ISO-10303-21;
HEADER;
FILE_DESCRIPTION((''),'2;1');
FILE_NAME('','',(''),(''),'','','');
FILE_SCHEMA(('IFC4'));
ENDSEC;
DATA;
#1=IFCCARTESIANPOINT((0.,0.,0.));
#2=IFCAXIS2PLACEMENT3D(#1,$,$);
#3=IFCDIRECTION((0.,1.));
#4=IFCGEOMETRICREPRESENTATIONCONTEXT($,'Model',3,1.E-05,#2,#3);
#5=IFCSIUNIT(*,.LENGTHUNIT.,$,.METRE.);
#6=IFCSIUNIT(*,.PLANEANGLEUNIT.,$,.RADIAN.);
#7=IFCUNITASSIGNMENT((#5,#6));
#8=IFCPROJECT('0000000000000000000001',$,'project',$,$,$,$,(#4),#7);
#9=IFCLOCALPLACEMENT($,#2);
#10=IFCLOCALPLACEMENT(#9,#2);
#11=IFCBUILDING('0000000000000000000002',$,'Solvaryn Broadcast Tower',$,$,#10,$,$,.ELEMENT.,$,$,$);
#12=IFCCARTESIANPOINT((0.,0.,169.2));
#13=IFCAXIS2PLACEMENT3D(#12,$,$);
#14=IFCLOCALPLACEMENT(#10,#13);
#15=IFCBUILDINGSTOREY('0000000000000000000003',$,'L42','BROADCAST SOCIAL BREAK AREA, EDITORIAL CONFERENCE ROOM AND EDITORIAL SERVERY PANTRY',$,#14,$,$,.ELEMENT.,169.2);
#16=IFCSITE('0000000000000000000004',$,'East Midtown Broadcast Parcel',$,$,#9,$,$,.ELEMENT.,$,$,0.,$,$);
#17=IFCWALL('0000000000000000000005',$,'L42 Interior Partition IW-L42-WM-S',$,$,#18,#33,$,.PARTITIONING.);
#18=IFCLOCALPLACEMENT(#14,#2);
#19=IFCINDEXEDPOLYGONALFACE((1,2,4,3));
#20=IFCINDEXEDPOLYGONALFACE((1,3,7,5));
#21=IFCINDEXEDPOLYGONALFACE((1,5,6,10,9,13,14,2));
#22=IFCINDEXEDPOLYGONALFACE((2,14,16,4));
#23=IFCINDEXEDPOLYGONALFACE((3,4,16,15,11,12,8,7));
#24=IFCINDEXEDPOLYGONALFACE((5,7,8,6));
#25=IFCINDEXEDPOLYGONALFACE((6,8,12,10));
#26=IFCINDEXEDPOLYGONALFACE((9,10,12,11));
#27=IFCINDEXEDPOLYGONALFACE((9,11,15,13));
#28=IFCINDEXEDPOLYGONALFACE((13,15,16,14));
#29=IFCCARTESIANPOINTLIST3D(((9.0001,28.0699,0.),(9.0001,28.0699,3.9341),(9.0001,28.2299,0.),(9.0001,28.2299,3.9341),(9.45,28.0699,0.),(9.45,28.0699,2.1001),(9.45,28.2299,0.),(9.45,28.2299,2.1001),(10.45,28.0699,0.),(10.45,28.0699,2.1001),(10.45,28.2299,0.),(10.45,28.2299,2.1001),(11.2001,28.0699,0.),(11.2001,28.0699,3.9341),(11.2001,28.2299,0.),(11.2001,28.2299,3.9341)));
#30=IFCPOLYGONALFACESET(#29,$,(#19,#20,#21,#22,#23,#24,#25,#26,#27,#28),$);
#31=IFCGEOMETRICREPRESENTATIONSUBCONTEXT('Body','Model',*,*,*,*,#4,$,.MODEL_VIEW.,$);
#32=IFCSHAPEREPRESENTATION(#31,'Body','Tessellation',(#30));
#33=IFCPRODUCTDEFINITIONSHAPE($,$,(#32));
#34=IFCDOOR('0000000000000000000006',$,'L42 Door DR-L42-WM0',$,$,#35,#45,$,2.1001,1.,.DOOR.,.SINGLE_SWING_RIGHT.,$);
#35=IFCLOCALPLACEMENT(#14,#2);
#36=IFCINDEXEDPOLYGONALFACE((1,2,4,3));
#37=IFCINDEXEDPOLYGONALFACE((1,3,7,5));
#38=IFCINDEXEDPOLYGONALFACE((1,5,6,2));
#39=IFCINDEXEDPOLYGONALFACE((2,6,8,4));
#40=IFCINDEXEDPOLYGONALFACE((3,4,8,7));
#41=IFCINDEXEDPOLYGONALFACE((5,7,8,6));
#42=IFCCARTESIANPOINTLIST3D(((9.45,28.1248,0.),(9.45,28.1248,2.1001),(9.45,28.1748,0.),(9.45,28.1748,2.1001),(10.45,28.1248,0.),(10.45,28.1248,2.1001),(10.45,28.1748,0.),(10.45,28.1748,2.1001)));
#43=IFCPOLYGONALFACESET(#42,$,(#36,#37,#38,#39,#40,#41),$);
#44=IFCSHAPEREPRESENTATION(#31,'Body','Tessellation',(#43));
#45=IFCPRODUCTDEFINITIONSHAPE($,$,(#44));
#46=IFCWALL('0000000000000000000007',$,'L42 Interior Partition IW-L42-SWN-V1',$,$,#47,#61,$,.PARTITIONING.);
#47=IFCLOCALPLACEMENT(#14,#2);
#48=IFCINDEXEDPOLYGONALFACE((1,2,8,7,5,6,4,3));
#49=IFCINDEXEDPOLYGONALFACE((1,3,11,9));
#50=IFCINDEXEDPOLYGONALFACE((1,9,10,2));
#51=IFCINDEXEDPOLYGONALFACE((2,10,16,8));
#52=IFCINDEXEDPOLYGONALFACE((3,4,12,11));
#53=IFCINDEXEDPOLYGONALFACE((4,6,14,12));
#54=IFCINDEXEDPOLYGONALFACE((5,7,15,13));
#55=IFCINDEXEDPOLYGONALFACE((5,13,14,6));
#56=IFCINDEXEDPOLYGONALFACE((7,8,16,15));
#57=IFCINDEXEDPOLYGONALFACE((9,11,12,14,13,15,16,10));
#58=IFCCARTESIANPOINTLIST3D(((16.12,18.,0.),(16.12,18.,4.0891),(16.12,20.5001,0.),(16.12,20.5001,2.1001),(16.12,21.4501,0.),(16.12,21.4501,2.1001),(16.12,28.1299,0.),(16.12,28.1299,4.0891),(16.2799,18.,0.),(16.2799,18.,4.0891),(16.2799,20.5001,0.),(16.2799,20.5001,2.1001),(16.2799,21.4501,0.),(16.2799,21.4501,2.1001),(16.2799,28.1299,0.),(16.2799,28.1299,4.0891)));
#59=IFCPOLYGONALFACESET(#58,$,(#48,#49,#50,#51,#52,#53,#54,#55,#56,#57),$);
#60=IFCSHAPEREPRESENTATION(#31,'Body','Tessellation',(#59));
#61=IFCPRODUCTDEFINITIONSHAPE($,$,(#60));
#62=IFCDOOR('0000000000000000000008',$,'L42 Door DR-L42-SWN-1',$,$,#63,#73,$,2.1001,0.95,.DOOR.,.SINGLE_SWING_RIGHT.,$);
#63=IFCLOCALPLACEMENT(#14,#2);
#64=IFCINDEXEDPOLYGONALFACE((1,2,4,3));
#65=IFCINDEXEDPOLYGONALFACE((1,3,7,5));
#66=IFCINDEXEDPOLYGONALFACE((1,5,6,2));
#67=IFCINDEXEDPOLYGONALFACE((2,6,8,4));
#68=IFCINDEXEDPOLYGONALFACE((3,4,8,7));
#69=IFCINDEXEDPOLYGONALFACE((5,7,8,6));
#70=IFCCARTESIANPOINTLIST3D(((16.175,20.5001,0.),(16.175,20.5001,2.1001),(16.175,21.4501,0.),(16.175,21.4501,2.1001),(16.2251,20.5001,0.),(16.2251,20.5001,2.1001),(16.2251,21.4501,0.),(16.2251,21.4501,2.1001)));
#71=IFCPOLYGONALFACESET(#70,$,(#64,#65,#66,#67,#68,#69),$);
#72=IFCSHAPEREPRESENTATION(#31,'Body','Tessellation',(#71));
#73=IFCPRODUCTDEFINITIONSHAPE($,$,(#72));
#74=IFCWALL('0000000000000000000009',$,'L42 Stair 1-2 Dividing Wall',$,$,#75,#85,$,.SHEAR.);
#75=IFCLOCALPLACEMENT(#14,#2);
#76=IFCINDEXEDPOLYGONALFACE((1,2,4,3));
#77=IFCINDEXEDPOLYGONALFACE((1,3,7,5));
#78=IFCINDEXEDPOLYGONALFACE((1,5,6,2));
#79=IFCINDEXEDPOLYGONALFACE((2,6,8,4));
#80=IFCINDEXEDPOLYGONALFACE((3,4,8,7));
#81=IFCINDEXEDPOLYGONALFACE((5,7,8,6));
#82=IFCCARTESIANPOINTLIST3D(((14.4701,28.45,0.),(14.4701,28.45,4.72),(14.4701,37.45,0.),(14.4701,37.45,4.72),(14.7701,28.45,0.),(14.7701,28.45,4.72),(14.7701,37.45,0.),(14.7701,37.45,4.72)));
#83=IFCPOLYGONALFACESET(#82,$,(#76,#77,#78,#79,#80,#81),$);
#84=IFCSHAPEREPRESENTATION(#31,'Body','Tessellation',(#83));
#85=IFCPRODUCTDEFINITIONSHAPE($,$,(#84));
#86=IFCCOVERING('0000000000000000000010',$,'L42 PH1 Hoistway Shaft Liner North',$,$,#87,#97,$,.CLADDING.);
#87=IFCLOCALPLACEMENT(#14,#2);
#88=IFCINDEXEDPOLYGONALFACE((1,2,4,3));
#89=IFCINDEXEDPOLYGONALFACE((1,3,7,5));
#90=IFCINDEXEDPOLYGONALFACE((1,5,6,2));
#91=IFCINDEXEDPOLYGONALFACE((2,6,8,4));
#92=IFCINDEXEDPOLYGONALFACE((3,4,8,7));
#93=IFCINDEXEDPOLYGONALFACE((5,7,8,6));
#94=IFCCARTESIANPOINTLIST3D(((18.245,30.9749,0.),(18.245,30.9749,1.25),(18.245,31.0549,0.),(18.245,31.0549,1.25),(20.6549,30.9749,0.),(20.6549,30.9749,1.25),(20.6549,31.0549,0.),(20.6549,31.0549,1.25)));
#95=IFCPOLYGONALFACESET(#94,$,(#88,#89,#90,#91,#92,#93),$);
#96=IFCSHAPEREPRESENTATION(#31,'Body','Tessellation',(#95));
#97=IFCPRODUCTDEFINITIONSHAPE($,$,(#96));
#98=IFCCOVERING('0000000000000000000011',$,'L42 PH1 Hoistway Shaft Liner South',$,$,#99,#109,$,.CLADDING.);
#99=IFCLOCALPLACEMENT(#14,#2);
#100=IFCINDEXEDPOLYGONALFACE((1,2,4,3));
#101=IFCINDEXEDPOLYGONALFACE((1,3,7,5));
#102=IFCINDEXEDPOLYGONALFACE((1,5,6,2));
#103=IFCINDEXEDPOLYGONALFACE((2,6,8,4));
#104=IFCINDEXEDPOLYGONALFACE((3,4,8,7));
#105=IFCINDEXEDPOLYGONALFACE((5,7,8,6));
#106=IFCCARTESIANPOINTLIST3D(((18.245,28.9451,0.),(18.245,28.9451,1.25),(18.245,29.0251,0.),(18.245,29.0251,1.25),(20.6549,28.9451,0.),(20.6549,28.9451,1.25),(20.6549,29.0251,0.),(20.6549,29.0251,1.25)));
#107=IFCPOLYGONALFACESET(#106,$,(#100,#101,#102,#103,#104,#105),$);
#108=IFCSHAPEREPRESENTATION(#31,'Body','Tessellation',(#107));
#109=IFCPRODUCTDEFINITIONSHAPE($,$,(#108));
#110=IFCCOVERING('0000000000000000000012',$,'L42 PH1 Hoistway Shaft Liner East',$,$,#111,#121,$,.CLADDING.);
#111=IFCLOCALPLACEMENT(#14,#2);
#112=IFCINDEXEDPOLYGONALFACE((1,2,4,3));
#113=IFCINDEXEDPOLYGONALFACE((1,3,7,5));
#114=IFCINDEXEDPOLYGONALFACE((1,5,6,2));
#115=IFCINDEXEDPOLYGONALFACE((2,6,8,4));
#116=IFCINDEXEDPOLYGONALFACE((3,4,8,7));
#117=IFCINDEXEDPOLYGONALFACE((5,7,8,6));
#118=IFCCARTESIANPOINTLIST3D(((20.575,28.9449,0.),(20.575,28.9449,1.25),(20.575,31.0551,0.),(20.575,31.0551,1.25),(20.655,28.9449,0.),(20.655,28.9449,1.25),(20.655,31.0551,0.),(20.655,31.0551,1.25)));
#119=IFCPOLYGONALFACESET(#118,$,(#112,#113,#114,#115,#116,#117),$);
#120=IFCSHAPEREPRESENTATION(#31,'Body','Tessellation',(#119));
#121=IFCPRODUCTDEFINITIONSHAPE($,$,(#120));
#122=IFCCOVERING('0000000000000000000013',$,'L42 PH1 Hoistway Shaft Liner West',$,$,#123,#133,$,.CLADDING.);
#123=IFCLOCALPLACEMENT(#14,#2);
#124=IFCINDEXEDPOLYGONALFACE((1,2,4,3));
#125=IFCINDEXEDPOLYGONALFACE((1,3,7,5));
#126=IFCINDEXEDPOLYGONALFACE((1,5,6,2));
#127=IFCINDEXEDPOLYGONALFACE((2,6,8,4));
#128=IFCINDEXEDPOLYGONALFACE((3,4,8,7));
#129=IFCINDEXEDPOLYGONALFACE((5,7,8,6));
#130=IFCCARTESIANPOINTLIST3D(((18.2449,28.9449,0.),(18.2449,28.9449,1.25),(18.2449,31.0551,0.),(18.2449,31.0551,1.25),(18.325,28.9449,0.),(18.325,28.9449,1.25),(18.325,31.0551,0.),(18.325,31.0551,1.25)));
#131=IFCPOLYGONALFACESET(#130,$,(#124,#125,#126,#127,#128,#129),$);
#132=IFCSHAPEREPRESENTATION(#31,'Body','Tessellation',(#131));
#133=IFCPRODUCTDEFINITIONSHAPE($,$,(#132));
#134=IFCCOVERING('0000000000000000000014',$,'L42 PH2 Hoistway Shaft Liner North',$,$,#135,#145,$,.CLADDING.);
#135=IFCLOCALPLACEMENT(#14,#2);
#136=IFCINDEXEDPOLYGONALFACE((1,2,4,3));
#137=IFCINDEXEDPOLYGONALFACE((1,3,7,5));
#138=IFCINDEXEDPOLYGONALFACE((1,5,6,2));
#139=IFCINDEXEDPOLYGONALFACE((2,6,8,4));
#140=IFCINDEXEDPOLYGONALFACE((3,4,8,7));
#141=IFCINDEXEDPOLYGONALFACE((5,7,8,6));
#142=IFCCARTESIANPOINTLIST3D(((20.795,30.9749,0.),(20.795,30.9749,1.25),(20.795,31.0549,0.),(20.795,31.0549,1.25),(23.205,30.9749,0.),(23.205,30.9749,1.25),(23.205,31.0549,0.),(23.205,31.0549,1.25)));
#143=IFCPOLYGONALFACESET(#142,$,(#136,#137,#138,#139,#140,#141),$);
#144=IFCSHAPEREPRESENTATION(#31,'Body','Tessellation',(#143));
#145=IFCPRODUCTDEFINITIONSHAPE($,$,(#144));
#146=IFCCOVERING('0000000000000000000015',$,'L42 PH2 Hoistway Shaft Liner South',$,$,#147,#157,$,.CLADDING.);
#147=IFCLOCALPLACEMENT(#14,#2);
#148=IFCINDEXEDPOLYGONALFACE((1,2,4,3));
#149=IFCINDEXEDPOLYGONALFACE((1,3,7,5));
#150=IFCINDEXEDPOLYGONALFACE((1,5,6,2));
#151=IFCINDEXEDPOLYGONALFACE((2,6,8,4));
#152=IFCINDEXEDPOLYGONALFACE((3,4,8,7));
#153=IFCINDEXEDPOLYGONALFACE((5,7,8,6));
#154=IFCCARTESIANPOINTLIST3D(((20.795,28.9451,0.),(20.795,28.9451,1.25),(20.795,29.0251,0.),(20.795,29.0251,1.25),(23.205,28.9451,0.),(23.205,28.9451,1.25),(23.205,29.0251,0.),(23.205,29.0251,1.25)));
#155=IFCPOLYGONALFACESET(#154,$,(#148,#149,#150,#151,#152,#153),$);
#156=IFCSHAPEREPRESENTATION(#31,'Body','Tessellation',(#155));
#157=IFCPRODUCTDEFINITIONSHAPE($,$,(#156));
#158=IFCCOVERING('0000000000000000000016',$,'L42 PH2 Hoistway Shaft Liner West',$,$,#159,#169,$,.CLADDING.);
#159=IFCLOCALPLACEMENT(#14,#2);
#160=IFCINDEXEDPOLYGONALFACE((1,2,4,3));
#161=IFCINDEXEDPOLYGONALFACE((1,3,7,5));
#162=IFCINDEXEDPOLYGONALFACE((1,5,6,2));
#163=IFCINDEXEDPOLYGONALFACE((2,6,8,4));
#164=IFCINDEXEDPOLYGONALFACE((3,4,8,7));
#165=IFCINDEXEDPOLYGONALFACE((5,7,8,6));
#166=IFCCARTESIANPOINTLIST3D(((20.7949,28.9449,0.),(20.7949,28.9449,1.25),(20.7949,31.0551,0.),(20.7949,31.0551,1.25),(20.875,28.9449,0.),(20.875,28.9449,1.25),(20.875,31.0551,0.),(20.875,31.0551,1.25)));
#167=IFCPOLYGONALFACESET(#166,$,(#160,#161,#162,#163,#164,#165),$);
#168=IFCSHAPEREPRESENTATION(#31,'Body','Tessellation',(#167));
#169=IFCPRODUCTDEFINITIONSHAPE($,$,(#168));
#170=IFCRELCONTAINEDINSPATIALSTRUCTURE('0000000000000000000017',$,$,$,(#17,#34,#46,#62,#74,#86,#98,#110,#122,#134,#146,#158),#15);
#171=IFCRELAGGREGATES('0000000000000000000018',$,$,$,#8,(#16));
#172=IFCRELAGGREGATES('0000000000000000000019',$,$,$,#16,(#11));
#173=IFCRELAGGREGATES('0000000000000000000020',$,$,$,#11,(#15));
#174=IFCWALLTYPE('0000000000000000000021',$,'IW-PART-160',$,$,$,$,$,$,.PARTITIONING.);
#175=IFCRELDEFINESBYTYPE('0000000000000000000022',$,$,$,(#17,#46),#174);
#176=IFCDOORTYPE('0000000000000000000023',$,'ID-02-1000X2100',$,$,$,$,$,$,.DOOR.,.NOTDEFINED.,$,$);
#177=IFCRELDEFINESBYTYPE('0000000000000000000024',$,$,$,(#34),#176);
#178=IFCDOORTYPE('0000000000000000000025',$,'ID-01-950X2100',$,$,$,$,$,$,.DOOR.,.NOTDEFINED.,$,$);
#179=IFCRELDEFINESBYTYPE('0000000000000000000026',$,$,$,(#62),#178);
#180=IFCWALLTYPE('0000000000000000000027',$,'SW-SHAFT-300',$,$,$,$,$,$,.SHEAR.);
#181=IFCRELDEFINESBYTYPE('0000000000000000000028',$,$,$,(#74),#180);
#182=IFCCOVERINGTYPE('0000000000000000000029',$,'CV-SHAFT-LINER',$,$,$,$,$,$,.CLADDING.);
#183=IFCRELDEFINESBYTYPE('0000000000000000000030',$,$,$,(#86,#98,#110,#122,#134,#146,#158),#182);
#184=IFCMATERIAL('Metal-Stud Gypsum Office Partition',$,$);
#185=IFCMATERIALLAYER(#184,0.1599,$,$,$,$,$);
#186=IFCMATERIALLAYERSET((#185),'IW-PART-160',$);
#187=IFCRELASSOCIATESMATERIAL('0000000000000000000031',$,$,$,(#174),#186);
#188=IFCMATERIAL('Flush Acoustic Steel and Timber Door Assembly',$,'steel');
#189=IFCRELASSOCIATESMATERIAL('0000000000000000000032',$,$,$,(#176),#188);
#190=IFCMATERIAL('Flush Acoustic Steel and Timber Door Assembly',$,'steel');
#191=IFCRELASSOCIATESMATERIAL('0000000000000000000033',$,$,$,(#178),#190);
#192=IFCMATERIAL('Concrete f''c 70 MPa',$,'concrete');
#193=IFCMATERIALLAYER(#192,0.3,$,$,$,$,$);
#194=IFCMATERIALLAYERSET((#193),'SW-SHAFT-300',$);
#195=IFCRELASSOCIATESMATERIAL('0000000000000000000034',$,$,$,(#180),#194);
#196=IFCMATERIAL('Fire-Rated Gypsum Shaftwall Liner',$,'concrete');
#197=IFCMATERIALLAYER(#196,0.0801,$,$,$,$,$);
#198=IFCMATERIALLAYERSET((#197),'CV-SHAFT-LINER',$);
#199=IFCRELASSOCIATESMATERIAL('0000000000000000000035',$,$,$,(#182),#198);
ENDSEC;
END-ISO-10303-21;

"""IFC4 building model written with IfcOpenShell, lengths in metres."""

from ifc_helpers import new_model, si_unit, direction, frame, frame_2d, origin, origin_2d, place, context, subcontext, project, spatial, rectangle, extrude, material, layer, layer_set, type_object, element, fill, save


model = new_model("IFC4")

# Units and contexts
model_context = context("Model", 3, precision=1e-05, world=origin(), true_north=direction((0.0, 1.0)))
body_context = subcontext(model_context, "Body", "Model", "MODEL_VIEW")
ifc_project = project(units=[si_unit("LENGTHUNIT", "METRE"), si_unit("PLANEANGLEUNIT", "RADIAN")], contexts=[model_context])

# Site, building, storey
site_placement = place(None, origin())
site = spatial("IfcSite", under=ifc_project, at=site_placement, Name="East Midtown Broadcast Parcel", CompositionType="ELEMENT", RefElevation=0.0)
building_placement = place(site_placement, origin())
building = spatial("IfcBuilding", under=site, at=building_placement, Name="Solvaryn Broadcast Tower", CompositionType="ELEMENT")
storey_placement = place(building_placement, frame((0.0, 0.0, 169.2)))
storey = spatial("IfcBuildingStorey", under=building, at=storey_placement, Name="L42", Description="BROADCAST SOCIAL BREAK AREA, EDITORIAL CONFERENCE ROOM AND EDITORIAL SERVERY PANTRY", CompositionType="ELEMENT", Elevation=169.2)

# Walls, openings, doors
ifc_material_1 = material(Name="Metal-Stud Gypsum Office Partition")
ifc_layer_1 = layer(ifc_material_1, 0.1599)
ifc_layer_set_1 = layer_set([ifc_layer_1], Name="IW-PART-160")
wall_type_1 = type_object("IfcWallType", Name="IW-PART-160", PredefinedType="PARTITIONING", material=ifc_layer_set_1)
wall_1_placement = place(storey_placement, frame((9.0, 28.1499, 0.0), z_axis=(0.0, 0.0, 1.0), x_axis=(1.0, 0.0, 0.0)))
wall_1 = element("IfcWall", 1, at=wall_1_placement, inside=storey, type_object=wall_type_1, Name="L42 Interior Partition IW-L42-WM-S", PredefinedType="PARTITIONING", context=body_context, shape_type="SweptSolid", body=[
    extrude(rectangle(XDim=2.2, YDim=0.1599, at=frame_2d((1.1001, 0.0))), origin(), (0.0, 0.0, 1.0), 3.9341),
])
opening_1_placement = place(wall_1_placement, frame((0.45, 0.0, 0.0)))
opening_1 = element("IfcOpeningElement", 2, at=opening_1_placement, cuts=wall_1, PredefinedType="OPENING", context=body_context, shape_type="SweptSolid", body=[
    extrude(rectangle(XDim=1.0, YDim=2.1001, at=frame_2d((0.5, 1.05))), frame((0.0, 0.0901, 0.0), z_axis=(0.0, -1.0, 0.0), x_axis=(1.0, 0.0, 0.0)), (0.0, 0.0, 1.0), 0.1799),
])
ifc_material_2 = material(Name="Flush Acoustic Steel and Timber Door Assembly", Category="steel")
door_type_1 = type_object("IfcDoorType", Name="ID-02-1000X2100", OperationType="NOTDEFINED", PredefinedType="DOOR", material=ifc_material_2)
door_1_placement = place(opening_1_placement, origin())
door_1 = element("IfcDoor", 3, at=door_1_placement, inside=storey, type_object=door_type_1, Name="L42 Door DR-L42-WM0", OperationType="SINGLE_SWING_RIGHT", OverallHeight=2.1001, OverallWidth=1.0, PredefinedType="DOOR", context=body_context, shape_type="SweptSolid", body=[
    extrude(rectangle(XDim=1.0, YDim=2.1001, at=frame_2d((0.5, 1.05))), frame((0.0, 0.0249, 0.0), z_axis=(0.0, -1.0, 0.0), x_axis=(1.0, 0.0, 0.0)), (0.0, 0.0, 1.0), 0.05),
])
fill(opening_1, door_1)
wall_2_placement = place(storey_placement, frame((16.2, 18.0, 0.0), z_axis=(0.0, 0.0, 1.0), x_axis=(0.0, 1.0, 0.0)))
wall_2 = element("IfcWall", 4, at=wall_2_placement, inside=storey, type_object=wall_type_1, Name="L42 Interior Partition IW-L42-SWN-V1", PredefinedType="PARTITIONING", context=body_context, shape_type="SweptSolid", body=[
    extrude(rectangle(XDim=10.1299, YDim=0.1599, at=frame_2d((5.0649, 0.0))), origin(), (0.0, 0.0, 1.0), 4.0891),
])
opening_2_placement = place(wall_2_placement, frame((2.5, 0.0, 0.0)))
opening_2 = element("IfcOpeningElement", 5, at=opening_2_placement, cuts=wall_2, PredefinedType="OPENING", context=body_context, shape_type="SweptSolid", body=[
    extrude(rectangle(XDim=0.95, YDim=2.1001, at=frame_2d((0.4751, 1.05))), frame((0.0, 0.0901, 0.0), z_axis=(0.0, -1.0, 0.0), x_axis=(1.0, 0.0, 0.0)), (0.0, 0.0, 1.0), 0.1799),
])
ifc_material_3 = material(Name="Flush Acoustic Steel and Timber Door Assembly", Category="steel")
door_type_2 = type_object("IfcDoorType", Name="ID-01-950X2100", OperationType="NOTDEFINED", PredefinedType="DOOR", material=ifc_material_3)
door_2_placement = place(opening_2_placement, origin())
door_2 = element("IfcDoor", 6, at=door_2_placement, inside=storey, type_object=door_type_2, Name="L42 Door DR-L42-SWN-1", OperationType="SINGLE_SWING_RIGHT", OverallHeight=2.1001, OverallWidth=0.95, PredefinedType="DOOR", context=body_context, shape_type="SweptSolid", body=[
    extrude(rectangle(XDim=0.95, YDim=2.1001, at=frame_2d((0.4751, 1.05))), frame((0.0, 0.0249, 0.0), z_axis=(0.0, -1.0, 0.0), x_axis=(1.0, 0.0, 0.0)), (0.0, 0.0, 1.0), 0.05),
])
fill(opening_2, door_2)

# Wall
ifc_material_4 = material(Name="Concrete f'c 70 MPa", Category="concrete")
ifc_layer_2 = layer(ifc_material_4, 0.3)
ifc_layer_set_2 = layer_set([ifc_layer_2], Name="SW-SHAFT-300")
wall_type_2 = type_object("IfcWallType", Name="SW-SHAFT-300", PredefinedType="SHEAR", material=ifc_layer_set_2)
wall_3_placement = place(storey_placement, frame((14.6201, 28.45, 0.0), z_axis=(0.0, 0.0, 1.0), x_axis=(0.0, 1.0, 0.0)))
element("IfcWall", 7, at=wall_3_placement, inside=storey, type_object=wall_type_2, Name="L42 Stair 1-2 Dividing Wall", PredefinedType="SHEAR", context=body_context, shape_type="SweptSolid", body=[
    extrude(rectangle(XDim=9.0, YDim=0.3, at=frame_2d((4.5, 0.0))), origin(), (0.0, 0.0, 1.0), 4.72),
])

# Coverings
ifc_material_5 = material(Name="Fire-Rated Gypsum Shaftwall Liner", Category="concrete")
ifc_layer_3 = layer(ifc_material_5, 0.0801)
ifc_layer_set_3 = layer_set([ifc_layer_3], Name="CV-SHAFT-LINER")
covering_type = type_object("IfcCoveringType", Name="CV-SHAFT-LINER", PredefinedType="CLADDING", material=ifc_layer_set_3)
for number, where, z_axis, x_axis, name in (
    (8, (19.45, 31.0149, 0.0), (0.0, 0.0, 1.0), (1.0, 0.0, 0.0), "L42 PH1 Hoistway Shaft Liner North"),
    (9, (19.45, 28.9851, 0.0), (0.0, 0.0, 1.0), (1.0, 0.0, 0.0), "L42 PH1 Hoistway Shaft Liner South"),
):
    element("IfcCovering", number, at=place(storey_placement, frame(where, z_axis=z_axis, x_axis=x_axis)), inside=storey, type_object=covering_type, Name=name, PredefinedType="CLADDING", context=body_context, shape_type="SweptSolid", body=[
        extrude(rectangle(XDim=2.4099, YDim=0.0801, at=origin_2d()), origin(), (0.0, 0.0, 1.0), 1.25),
    ])
for number, where, z_axis, x_axis, name in (
    (10, (20.615, 30.0, 0.0), (0.0, 0.0, 1.0), (1.0, 0.0, 0.0), "L42 PH1 Hoistway Shaft Liner East"),
    (11, (18.2849, 30.0, 0.0), (0.0, 0.0, 1.0), (1.0, 0.0, 0.0), "L42 PH1 Hoistway Shaft Liner West"),
):
    element("IfcCovering", number, at=place(storey_placement, frame(where, z_axis=z_axis, x_axis=x_axis)), inside=storey, type_object=covering_type, Name=name, PredefinedType="CLADDING", context=body_context, shape_type="SweptSolid", body=[
        extrude(rectangle(XDim=0.0801, YDim=2.1101, at=origin_2d()), origin(), (0.0, 0.0, 1.0), 1.25),
    ])
for number, where, z_axis, x_axis, name in (
    (12, (22.0, 31.0149, 0.0), (0.0, 0.0, 1.0), (1.0, 0.0, 0.0), "L42 PH2 Hoistway Shaft Liner North"),
    (13, (22.0, 28.9851, 0.0), (0.0, 0.0, 1.0), (1.0, 0.0, 0.0), "L42 PH2 Hoistway Shaft Liner South"),
):
    element("IfcCovering", number, at=place(storey_placement, frame(where, z_axis=z_axis, x_axis=x_axis)), inside=storey, type_object=covering_type, Name=name, PredefinedType="CLADDING", context=body_context, shape_type="SweptSolid", body=[
        extrude(rectangle(XDim=2.4099, YDim=0.0801, at=origin_2d()), origin(), (0.0, 0.0, 1.0), 1.25),
    ])
covering_placement = place(storey_placement, frame((20.835, 30.0, 0.0), z_axis=(0.0, 0.0, 1.0), x_axis=(1.0, 0.0, 0.0)))
element("IfcCovering", 14, at=covering_placement, inside=storey, type_object=covering_type, Name="L42 PH2 Hoistway Shaft Liner West", PredefinedType="CLADDING", context=body_context, shape_type="SweptSolid", body=[
    extrude(rectangle(XDim=0.0801, YDim=2.1101, at=origin_2d()), origin(), (0.0, 0.0, 1.0), 1.25),
])

save(model, "model.ifc")
